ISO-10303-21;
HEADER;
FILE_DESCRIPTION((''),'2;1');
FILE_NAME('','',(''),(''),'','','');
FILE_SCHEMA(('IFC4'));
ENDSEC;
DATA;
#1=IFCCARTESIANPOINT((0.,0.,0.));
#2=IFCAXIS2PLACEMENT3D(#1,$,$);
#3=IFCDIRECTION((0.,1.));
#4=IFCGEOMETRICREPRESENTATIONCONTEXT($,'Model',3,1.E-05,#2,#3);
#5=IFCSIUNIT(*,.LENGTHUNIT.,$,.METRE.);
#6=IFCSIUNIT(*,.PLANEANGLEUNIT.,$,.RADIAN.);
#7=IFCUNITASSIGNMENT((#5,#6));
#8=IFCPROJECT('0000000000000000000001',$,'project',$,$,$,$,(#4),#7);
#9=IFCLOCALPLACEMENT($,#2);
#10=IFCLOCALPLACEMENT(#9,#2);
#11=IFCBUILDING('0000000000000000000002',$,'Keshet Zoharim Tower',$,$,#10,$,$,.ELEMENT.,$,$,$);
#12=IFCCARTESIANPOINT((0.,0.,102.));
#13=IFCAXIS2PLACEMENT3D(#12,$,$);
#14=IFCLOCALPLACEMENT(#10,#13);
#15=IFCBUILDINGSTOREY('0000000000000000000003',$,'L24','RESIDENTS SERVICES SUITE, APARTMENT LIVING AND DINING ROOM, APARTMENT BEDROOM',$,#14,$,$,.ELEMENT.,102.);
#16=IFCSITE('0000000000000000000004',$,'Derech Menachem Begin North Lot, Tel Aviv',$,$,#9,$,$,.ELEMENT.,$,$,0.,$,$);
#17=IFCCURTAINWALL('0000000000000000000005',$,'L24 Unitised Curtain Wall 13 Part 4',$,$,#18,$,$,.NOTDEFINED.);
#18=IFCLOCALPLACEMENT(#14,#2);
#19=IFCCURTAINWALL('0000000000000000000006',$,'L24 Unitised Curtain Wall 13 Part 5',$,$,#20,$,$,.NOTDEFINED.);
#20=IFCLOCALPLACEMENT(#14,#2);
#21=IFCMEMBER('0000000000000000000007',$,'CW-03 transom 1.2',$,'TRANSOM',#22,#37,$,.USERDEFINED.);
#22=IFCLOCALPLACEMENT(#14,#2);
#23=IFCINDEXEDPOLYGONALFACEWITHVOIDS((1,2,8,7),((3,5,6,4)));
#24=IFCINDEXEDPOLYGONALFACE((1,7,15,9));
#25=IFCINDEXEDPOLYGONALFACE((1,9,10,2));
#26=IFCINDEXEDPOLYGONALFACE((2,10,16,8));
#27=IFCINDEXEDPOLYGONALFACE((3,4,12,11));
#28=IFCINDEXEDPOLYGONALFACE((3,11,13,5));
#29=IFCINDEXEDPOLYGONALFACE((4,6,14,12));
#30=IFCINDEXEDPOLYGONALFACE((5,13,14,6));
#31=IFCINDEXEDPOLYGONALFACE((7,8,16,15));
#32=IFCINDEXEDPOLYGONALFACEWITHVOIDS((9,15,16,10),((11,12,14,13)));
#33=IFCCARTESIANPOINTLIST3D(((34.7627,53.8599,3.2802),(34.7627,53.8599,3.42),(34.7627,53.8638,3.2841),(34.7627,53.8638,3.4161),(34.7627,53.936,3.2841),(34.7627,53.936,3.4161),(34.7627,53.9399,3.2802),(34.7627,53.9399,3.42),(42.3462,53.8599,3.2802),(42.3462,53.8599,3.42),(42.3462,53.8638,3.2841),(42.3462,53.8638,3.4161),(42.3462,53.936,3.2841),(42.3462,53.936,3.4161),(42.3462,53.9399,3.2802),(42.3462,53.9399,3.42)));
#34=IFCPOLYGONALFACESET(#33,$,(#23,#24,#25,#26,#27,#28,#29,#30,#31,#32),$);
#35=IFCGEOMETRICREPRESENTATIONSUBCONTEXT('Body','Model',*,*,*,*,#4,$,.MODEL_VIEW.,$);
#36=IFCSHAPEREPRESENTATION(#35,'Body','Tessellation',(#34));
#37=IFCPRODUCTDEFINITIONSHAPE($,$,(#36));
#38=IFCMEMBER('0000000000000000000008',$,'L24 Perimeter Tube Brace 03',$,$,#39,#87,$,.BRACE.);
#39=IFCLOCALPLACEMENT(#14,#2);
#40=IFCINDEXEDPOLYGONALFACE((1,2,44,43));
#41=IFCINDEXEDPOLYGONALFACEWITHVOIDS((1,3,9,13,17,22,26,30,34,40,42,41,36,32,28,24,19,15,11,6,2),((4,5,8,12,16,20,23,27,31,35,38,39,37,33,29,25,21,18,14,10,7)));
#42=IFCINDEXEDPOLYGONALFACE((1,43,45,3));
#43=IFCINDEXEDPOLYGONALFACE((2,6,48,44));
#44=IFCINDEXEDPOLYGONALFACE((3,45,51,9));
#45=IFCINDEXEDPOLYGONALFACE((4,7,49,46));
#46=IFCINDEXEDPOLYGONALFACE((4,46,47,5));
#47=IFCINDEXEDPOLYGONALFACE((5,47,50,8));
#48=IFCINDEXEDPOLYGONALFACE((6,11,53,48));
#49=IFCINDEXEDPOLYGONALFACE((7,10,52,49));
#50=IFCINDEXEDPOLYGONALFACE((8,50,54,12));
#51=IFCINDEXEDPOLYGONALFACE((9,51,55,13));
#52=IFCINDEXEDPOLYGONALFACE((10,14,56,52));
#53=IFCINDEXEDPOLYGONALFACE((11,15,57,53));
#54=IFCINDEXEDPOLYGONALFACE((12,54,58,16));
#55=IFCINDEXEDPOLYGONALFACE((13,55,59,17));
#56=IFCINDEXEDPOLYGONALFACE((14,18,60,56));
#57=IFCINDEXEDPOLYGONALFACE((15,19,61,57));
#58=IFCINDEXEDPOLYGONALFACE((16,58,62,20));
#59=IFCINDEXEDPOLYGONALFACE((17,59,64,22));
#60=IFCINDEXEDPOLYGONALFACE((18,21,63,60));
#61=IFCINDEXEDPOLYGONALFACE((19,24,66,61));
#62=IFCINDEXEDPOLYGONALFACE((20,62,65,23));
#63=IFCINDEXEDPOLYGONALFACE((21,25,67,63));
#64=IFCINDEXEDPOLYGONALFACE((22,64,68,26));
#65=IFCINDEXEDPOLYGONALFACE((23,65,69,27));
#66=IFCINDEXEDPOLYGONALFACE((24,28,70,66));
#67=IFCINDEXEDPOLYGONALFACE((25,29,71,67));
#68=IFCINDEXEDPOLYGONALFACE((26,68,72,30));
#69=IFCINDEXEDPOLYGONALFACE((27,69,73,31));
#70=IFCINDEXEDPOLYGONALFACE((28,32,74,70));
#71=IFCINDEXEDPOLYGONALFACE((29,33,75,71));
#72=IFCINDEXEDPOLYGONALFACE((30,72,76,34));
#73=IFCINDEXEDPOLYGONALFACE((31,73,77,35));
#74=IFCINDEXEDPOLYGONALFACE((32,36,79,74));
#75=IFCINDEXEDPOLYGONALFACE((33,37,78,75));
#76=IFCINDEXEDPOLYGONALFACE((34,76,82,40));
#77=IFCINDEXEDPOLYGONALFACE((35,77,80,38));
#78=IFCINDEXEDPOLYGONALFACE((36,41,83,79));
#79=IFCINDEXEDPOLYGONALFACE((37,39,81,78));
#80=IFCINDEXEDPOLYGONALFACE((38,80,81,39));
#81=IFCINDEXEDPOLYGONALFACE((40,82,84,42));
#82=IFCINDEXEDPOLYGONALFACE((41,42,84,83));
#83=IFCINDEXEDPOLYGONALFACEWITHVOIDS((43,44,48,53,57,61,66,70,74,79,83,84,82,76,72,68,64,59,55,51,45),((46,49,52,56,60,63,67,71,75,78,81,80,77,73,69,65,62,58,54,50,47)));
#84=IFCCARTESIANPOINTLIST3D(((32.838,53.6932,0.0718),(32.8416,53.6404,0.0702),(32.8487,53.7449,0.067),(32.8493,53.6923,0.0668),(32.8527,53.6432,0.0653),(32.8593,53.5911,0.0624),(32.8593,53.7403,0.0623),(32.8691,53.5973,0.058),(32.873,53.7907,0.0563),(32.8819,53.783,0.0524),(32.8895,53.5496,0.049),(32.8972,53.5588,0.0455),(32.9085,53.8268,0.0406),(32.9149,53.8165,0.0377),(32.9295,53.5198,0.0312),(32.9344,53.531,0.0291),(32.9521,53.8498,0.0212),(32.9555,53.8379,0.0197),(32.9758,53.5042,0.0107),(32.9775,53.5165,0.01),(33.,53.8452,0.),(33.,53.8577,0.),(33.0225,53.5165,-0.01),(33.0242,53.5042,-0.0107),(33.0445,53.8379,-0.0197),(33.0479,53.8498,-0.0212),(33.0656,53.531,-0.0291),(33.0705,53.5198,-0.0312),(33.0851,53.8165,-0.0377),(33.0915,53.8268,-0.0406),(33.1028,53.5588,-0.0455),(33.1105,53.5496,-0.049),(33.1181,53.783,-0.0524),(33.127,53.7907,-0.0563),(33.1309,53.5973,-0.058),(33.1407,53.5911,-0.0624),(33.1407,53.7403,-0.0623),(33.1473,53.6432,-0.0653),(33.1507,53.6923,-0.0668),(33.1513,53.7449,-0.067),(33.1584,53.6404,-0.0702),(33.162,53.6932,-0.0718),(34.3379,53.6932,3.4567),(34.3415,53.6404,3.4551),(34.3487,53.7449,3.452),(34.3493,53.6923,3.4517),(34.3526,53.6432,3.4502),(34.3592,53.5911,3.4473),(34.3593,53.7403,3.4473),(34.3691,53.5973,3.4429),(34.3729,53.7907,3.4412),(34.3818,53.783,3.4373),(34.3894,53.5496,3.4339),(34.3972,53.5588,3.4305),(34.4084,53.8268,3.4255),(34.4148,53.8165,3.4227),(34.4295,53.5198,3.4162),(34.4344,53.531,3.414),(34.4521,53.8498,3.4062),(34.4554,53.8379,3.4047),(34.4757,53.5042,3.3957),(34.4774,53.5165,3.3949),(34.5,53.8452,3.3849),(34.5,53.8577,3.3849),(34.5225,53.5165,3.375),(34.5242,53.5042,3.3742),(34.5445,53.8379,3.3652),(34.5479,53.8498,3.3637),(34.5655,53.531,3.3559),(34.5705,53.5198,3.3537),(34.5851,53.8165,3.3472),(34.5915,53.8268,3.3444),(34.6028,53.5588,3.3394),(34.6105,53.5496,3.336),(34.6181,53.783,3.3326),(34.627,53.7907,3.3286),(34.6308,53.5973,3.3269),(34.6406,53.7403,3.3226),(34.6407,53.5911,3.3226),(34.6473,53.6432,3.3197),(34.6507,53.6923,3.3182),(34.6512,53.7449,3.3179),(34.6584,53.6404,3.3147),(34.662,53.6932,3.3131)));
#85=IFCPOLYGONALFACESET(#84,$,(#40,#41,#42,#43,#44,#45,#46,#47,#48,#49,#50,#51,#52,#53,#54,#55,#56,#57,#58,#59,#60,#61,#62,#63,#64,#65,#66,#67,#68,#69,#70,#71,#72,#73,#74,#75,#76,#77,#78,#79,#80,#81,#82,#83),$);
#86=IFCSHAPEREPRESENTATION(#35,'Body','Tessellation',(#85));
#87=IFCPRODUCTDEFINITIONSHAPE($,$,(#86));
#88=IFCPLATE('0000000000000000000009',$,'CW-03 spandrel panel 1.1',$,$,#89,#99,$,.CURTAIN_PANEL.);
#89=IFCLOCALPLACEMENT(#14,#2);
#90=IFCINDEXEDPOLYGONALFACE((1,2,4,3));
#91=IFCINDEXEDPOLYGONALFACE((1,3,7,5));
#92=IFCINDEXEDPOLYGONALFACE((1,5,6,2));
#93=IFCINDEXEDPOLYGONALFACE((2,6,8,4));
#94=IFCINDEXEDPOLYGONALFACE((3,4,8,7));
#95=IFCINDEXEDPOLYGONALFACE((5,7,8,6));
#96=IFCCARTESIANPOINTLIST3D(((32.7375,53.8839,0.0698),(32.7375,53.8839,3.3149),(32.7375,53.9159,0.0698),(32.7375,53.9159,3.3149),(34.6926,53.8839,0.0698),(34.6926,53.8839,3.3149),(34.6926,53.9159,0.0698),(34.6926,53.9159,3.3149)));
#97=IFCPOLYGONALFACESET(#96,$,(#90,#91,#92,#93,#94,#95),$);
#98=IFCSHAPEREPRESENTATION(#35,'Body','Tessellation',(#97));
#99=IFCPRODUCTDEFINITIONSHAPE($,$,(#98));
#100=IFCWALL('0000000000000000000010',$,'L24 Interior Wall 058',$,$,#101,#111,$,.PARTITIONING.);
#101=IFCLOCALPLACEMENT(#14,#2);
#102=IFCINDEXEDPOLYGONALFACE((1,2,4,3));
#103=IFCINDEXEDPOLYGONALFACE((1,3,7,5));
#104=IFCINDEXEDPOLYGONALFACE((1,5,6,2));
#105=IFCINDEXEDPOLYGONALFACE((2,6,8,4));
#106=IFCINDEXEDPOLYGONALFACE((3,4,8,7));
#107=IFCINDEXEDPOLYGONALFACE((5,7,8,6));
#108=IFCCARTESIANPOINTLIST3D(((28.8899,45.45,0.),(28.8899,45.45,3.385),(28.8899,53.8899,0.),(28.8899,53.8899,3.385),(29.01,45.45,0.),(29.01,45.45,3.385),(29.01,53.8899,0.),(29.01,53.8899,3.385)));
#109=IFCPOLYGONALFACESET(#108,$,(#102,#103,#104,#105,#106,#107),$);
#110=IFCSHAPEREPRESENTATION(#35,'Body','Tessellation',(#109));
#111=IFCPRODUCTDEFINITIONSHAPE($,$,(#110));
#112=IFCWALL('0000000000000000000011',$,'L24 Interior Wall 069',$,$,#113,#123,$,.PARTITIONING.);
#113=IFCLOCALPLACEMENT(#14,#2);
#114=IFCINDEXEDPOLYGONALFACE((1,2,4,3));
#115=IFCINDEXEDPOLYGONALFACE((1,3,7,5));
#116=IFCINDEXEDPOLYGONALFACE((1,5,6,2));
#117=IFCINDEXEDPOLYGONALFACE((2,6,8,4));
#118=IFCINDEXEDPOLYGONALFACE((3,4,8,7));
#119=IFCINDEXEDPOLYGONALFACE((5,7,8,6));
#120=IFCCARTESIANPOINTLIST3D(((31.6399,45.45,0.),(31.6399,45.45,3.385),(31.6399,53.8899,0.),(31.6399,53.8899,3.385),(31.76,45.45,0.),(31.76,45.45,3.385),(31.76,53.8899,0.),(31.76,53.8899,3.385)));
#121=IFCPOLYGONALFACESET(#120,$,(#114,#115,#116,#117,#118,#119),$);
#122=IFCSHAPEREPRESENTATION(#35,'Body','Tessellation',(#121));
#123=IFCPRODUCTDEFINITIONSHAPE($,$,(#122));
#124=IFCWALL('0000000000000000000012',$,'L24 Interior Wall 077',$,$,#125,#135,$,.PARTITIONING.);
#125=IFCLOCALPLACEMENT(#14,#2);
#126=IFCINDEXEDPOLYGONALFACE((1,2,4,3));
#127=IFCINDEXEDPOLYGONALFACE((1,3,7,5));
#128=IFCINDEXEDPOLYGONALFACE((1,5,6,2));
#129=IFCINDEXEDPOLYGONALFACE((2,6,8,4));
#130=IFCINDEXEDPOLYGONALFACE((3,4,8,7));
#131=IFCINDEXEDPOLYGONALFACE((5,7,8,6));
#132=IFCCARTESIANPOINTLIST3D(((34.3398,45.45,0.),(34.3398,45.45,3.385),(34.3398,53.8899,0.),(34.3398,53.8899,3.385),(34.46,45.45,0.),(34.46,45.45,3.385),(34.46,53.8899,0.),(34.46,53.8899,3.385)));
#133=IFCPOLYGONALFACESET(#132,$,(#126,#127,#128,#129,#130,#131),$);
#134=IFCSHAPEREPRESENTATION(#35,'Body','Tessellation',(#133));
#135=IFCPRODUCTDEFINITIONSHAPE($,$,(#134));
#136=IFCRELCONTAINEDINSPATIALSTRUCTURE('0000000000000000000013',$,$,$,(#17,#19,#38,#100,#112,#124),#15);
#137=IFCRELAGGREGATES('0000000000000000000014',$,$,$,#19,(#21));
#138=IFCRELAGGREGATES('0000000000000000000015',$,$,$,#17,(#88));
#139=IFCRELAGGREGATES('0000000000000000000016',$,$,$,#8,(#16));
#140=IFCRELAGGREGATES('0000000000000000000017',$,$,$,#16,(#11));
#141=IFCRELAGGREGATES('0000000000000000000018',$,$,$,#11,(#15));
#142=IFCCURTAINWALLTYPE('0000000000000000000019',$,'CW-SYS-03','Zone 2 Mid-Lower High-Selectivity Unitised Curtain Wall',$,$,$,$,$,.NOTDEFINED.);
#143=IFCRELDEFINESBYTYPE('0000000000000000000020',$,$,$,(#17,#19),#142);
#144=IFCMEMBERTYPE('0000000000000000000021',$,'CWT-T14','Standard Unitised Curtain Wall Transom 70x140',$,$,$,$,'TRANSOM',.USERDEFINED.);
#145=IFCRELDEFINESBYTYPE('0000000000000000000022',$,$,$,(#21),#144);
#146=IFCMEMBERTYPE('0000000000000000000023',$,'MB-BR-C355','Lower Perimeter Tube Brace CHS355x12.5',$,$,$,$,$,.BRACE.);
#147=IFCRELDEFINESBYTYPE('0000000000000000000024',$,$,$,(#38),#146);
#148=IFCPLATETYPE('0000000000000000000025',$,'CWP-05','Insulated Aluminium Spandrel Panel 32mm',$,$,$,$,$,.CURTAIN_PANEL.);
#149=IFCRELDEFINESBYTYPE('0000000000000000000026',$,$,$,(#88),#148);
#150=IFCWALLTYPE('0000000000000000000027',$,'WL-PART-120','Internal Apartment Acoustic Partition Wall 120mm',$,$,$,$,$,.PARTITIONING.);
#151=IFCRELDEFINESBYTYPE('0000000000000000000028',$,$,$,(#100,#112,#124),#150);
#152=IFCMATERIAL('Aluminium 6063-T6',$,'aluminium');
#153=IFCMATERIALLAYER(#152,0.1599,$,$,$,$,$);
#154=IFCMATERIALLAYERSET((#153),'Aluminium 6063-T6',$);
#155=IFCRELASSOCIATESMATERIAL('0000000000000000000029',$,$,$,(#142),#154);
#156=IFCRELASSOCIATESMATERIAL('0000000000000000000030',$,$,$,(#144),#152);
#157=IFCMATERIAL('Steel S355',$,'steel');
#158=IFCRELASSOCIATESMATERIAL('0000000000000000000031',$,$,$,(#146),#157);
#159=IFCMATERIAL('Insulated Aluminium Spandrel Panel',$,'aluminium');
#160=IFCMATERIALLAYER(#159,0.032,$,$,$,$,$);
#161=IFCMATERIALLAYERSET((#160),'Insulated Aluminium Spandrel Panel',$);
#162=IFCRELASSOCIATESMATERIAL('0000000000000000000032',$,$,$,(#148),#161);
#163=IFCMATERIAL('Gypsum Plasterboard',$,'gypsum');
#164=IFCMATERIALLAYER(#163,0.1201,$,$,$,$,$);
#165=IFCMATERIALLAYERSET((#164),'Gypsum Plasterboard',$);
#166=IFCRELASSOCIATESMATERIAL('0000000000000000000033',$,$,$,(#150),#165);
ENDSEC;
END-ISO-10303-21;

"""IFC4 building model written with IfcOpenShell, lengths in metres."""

from ifc_helpers import new_model, si_unit, direction, frame, frame_2d, origin, origin_2d, place, context, subcontext, project, spatial, rectangle, hollow_rectangle, hollow_circle, extrude, material, layer, layer_set, material_profile, profile_set, type_object, element, aggregate, save


model = new_model("IFC4")

# Units and contexts
model_context = context("Model", 3, precision=1e-05, world=origin(), true_north=direction((0.0, 1.0)))
body_context = subcontext(model_context, "Body", "Model", "MODEL_VIEW")
ifc_project = project(units=[si_unit("LENGTHUNIT", "METRE"), si_unit("PLANEANGLEUNIT", "RADIAN")], contexts=[model_context])

# Site, building, storey
site_placement = place(None, origin())
site = spatial("IfcSite", under=ifc_project, at=site_placement, Name="Derech Menachem Begin North Lot, Tel Aviv", CompositionType="ELEMENT", RefElevation=0.0)
building_placement = place(site_placement, origin())
building = spatial("IfcBuilding", under=site, at=building_placement, Name="Keshet Zoharim Tower", CompositionType="ELEMENT")
storey_placement = place(building_placement, frame((0.0, 0.0, 102.0)))
storey = spatial("IfcBuildingStorey", under=building, at=storey_placement, Name="L24", Description="RESIDENTS SERVICES SUITE, APARTMENT LIVING AND DINING ROOM, APARTMENT BEDROOM", CompositionType="ELEMENT", Elevation=102.0)

# Shared definitions
ifc_material_1 = material(Name="Steel S355", Category="steel")

# Shared definitions
ifc_material_2 = material(Name="Aluminium 6063-T6", Category="aluminium")
ifc_layer_1 = layer(ifc_material_2, 0.1599)
ifc_layer_set_1 = layer_set([ifc_layer_1], Name="Aluminium 6063-T6")
curtain_wall_type = type_object("IfcCurtainWallType", Name="CW-SYS-03", Description="Zone 2 Mid-Lower High-Selectivity Unitised Curtain Wall", PredefinedType="NOTDEFINED", material=ifc_layer_set_1)

# Curtain walls, member
curtain_wall_1_placement = place(storey_placement, origin())
curtain_wall_1 = element("IfcCurtainWall", 1, at=curtain_wall_1_placement, inside=storey, type_object=curtain_wall_type, Name="L24 Unitised Curtain Wall 13 Part 4", PredefinedType="NOTDEFINED")
ifc_material_profile_1 = material_profile(ifc_material_2, hollow_rectangle(XDim=0.0801, YDim=0.1399, WallThickness=0.0039, at=origin_2d()), Name="TRN-80x140")
ifc_profile_set_1 = profile_set([ifc_material_profile_1], Name="Aluminium 6063-T6")
member_type_1 = type_object("IfcMemberType", Name="CWT-T14", Description="Standard Unitised Curtain Wall Transom 70x140", ElementType="TRANSOM", PredefinedType="USERDEFINED", material=ifc_profile_set_1)
curtain_wall_2_placement = place(storey_placement, origin())
curtain_wall_2 = element("IfcCurtainWall", 2, at=curtain_wall_2_placement, inside=storey, type_object=curtain_wall_type, Name="L24 Unitised Curtain Wall 13 Part 5", PredefinedType="NOTDEFINED")
member_1_placement = place(storey_placement, frame((34.7627, 53.8999, 3.3501), z_axis=(1.0, 0.0, 0.0), x_axis=(0.0, 1.0, 0.0)))
member_1 = element("IfcMember", 3, at=member_1_placement, type_object=member_type_1, Name="CW-03 transom 1.2", ObjectType="TRANSOM", PredefinedType="USERDEFINED", context=body_context, shape_type="SweptSolid", body=[
    extrude(hollow_rectangle(XDim=0.0801, YDim=0.1399, WallThickness=0.0039, at=origin_2d()), origin(), (0.0, 0.0, 1.0), 7.5835),
])
aggregate(curtain_wall_2, [member_1])

# Member
ifc_material_profile_2 = material_profile(ifc_material_1, hollow_circle(Radius=0.1777, WallThickness=0.0125, at=origin_2d()), Name="CHS355x12.5")
ifc_profile_set_2 = profile_set([ifc_material_profile_2], Name="Steel S355")
member_type_2 = type_object("IfcMemberType", Name="MB-BR-C355", Description="Lower Perimeter Tube Brace CHS355x12.5", PredefinedType="BRACE", material=ifc_profile_set_2)
member_2_placement = place(storey_placement, frame((33.0, 53.6799, 0.0), z_axis=(0.405135, 0.0, 0.914257), x_axis=(0.0, 1.0, 0.0)))
element("IfcMember", 4, at=member_2_placement, inside=storey, type_object=member_type_2, Name="L24 Perimeter Tube Brace 03", PredefinedType="BRACE", context=body_context, shape_type="SweptSolid", body=[
    extrude(hollow_circle(Radius=0.1777, WallThickness=0.0125, at=origin_2d()), origin(), (0.0, 0.0, 1.0), 3.7024),
])

# Plate
ifc_material_3 = material(Name="Insulated Aluminium Spandrel Panel", Category="aluminium")
ifc_layer_2 = layer(ifc_material_3, 0.032)
ifc_layer_set_2 = layer_set([ifc_layer_2], Name="Insulated Aluminium Spandrel Panel")
plate_type = type_object("IfcPlateType", Name="CWP-05", Description="Insulated Aluminium Spandrel Panel 32mm", PredefinedType="CURTAIN_PANEL", material=ifc_layer_set_2)
plate_placement = place(storey_placement, frame((33.7151, 53.8999, 0.0698), z_axis=(0.0, 0.0, 1.0), x_axis=(1.0, 0.0, 0.0)))
plate = element("IfcPlate", 5, at=plate_placement, type_object=plate_type, Name="CW-03 spandrel panel 1.1", PredefinedType="CURTAIN_PANEL", context=body_context, shape_type="SweptSolid", body=[
    extrude(rectangle(XDim=1.9551, YDim=0.032, at=origin_2d()), origin(), (0.0, 0.0, 1.0), 3.2451),
])
aggregate(curtain_wall_1, [plate])

# Walls
ifc_material_4 = material(Name="Gypsum Plasterboard", Category="gypsum")
ifc_layer_3 = layer(ifc_material_4, 0.1201)
ifc_layer_set_3 = layer_set([ifc_layer_3], Name="Gypsum Plasterboard")
wall_type = type_object("IfcWallType", Name="WL-PART-120", Description="Internal Apartment Acoustic Partition Wall 120mm", PredefinedType="PARTITIONING", material=ifc_layer_set_3)
for number, where, z_axis, x_axis, name in (
    (6, (28.95, 45.45, 0.0), (0.0, 0.0, 1.0), (0.0, 1.0, 0.0), "L24 Interior Wall 058"),
    (7, (31.7, 45.45, 0.0), (0.0, 0.0, 1.0), (0.0, 1.0, 0.0), "L24 Interior Wall 069"),
    (8, (34.3999, 45.45, 0.0), (0.0, 0.0, 1.0), (0.0, 1.0, 0.0), "L24 Interior Wall 077"),
):
    element("IfcWall", number, at=place(storey_placement, frame(where, z_axis=z_axis, x_axis=x_axis)), inside=storey, type_object=wall_type, Name=name, PredefinedType="PARTITIONING", context=body_context, shape_type="SweptSolid", body=[
        extrude(rectangle(XDim=8.4399, YDim=0.1201, at=frame_2d((4.22, 0.0))), origin(), (0.0, 0.0, 1.0), 3.385),
    ])

save(model, "model.ifc")
